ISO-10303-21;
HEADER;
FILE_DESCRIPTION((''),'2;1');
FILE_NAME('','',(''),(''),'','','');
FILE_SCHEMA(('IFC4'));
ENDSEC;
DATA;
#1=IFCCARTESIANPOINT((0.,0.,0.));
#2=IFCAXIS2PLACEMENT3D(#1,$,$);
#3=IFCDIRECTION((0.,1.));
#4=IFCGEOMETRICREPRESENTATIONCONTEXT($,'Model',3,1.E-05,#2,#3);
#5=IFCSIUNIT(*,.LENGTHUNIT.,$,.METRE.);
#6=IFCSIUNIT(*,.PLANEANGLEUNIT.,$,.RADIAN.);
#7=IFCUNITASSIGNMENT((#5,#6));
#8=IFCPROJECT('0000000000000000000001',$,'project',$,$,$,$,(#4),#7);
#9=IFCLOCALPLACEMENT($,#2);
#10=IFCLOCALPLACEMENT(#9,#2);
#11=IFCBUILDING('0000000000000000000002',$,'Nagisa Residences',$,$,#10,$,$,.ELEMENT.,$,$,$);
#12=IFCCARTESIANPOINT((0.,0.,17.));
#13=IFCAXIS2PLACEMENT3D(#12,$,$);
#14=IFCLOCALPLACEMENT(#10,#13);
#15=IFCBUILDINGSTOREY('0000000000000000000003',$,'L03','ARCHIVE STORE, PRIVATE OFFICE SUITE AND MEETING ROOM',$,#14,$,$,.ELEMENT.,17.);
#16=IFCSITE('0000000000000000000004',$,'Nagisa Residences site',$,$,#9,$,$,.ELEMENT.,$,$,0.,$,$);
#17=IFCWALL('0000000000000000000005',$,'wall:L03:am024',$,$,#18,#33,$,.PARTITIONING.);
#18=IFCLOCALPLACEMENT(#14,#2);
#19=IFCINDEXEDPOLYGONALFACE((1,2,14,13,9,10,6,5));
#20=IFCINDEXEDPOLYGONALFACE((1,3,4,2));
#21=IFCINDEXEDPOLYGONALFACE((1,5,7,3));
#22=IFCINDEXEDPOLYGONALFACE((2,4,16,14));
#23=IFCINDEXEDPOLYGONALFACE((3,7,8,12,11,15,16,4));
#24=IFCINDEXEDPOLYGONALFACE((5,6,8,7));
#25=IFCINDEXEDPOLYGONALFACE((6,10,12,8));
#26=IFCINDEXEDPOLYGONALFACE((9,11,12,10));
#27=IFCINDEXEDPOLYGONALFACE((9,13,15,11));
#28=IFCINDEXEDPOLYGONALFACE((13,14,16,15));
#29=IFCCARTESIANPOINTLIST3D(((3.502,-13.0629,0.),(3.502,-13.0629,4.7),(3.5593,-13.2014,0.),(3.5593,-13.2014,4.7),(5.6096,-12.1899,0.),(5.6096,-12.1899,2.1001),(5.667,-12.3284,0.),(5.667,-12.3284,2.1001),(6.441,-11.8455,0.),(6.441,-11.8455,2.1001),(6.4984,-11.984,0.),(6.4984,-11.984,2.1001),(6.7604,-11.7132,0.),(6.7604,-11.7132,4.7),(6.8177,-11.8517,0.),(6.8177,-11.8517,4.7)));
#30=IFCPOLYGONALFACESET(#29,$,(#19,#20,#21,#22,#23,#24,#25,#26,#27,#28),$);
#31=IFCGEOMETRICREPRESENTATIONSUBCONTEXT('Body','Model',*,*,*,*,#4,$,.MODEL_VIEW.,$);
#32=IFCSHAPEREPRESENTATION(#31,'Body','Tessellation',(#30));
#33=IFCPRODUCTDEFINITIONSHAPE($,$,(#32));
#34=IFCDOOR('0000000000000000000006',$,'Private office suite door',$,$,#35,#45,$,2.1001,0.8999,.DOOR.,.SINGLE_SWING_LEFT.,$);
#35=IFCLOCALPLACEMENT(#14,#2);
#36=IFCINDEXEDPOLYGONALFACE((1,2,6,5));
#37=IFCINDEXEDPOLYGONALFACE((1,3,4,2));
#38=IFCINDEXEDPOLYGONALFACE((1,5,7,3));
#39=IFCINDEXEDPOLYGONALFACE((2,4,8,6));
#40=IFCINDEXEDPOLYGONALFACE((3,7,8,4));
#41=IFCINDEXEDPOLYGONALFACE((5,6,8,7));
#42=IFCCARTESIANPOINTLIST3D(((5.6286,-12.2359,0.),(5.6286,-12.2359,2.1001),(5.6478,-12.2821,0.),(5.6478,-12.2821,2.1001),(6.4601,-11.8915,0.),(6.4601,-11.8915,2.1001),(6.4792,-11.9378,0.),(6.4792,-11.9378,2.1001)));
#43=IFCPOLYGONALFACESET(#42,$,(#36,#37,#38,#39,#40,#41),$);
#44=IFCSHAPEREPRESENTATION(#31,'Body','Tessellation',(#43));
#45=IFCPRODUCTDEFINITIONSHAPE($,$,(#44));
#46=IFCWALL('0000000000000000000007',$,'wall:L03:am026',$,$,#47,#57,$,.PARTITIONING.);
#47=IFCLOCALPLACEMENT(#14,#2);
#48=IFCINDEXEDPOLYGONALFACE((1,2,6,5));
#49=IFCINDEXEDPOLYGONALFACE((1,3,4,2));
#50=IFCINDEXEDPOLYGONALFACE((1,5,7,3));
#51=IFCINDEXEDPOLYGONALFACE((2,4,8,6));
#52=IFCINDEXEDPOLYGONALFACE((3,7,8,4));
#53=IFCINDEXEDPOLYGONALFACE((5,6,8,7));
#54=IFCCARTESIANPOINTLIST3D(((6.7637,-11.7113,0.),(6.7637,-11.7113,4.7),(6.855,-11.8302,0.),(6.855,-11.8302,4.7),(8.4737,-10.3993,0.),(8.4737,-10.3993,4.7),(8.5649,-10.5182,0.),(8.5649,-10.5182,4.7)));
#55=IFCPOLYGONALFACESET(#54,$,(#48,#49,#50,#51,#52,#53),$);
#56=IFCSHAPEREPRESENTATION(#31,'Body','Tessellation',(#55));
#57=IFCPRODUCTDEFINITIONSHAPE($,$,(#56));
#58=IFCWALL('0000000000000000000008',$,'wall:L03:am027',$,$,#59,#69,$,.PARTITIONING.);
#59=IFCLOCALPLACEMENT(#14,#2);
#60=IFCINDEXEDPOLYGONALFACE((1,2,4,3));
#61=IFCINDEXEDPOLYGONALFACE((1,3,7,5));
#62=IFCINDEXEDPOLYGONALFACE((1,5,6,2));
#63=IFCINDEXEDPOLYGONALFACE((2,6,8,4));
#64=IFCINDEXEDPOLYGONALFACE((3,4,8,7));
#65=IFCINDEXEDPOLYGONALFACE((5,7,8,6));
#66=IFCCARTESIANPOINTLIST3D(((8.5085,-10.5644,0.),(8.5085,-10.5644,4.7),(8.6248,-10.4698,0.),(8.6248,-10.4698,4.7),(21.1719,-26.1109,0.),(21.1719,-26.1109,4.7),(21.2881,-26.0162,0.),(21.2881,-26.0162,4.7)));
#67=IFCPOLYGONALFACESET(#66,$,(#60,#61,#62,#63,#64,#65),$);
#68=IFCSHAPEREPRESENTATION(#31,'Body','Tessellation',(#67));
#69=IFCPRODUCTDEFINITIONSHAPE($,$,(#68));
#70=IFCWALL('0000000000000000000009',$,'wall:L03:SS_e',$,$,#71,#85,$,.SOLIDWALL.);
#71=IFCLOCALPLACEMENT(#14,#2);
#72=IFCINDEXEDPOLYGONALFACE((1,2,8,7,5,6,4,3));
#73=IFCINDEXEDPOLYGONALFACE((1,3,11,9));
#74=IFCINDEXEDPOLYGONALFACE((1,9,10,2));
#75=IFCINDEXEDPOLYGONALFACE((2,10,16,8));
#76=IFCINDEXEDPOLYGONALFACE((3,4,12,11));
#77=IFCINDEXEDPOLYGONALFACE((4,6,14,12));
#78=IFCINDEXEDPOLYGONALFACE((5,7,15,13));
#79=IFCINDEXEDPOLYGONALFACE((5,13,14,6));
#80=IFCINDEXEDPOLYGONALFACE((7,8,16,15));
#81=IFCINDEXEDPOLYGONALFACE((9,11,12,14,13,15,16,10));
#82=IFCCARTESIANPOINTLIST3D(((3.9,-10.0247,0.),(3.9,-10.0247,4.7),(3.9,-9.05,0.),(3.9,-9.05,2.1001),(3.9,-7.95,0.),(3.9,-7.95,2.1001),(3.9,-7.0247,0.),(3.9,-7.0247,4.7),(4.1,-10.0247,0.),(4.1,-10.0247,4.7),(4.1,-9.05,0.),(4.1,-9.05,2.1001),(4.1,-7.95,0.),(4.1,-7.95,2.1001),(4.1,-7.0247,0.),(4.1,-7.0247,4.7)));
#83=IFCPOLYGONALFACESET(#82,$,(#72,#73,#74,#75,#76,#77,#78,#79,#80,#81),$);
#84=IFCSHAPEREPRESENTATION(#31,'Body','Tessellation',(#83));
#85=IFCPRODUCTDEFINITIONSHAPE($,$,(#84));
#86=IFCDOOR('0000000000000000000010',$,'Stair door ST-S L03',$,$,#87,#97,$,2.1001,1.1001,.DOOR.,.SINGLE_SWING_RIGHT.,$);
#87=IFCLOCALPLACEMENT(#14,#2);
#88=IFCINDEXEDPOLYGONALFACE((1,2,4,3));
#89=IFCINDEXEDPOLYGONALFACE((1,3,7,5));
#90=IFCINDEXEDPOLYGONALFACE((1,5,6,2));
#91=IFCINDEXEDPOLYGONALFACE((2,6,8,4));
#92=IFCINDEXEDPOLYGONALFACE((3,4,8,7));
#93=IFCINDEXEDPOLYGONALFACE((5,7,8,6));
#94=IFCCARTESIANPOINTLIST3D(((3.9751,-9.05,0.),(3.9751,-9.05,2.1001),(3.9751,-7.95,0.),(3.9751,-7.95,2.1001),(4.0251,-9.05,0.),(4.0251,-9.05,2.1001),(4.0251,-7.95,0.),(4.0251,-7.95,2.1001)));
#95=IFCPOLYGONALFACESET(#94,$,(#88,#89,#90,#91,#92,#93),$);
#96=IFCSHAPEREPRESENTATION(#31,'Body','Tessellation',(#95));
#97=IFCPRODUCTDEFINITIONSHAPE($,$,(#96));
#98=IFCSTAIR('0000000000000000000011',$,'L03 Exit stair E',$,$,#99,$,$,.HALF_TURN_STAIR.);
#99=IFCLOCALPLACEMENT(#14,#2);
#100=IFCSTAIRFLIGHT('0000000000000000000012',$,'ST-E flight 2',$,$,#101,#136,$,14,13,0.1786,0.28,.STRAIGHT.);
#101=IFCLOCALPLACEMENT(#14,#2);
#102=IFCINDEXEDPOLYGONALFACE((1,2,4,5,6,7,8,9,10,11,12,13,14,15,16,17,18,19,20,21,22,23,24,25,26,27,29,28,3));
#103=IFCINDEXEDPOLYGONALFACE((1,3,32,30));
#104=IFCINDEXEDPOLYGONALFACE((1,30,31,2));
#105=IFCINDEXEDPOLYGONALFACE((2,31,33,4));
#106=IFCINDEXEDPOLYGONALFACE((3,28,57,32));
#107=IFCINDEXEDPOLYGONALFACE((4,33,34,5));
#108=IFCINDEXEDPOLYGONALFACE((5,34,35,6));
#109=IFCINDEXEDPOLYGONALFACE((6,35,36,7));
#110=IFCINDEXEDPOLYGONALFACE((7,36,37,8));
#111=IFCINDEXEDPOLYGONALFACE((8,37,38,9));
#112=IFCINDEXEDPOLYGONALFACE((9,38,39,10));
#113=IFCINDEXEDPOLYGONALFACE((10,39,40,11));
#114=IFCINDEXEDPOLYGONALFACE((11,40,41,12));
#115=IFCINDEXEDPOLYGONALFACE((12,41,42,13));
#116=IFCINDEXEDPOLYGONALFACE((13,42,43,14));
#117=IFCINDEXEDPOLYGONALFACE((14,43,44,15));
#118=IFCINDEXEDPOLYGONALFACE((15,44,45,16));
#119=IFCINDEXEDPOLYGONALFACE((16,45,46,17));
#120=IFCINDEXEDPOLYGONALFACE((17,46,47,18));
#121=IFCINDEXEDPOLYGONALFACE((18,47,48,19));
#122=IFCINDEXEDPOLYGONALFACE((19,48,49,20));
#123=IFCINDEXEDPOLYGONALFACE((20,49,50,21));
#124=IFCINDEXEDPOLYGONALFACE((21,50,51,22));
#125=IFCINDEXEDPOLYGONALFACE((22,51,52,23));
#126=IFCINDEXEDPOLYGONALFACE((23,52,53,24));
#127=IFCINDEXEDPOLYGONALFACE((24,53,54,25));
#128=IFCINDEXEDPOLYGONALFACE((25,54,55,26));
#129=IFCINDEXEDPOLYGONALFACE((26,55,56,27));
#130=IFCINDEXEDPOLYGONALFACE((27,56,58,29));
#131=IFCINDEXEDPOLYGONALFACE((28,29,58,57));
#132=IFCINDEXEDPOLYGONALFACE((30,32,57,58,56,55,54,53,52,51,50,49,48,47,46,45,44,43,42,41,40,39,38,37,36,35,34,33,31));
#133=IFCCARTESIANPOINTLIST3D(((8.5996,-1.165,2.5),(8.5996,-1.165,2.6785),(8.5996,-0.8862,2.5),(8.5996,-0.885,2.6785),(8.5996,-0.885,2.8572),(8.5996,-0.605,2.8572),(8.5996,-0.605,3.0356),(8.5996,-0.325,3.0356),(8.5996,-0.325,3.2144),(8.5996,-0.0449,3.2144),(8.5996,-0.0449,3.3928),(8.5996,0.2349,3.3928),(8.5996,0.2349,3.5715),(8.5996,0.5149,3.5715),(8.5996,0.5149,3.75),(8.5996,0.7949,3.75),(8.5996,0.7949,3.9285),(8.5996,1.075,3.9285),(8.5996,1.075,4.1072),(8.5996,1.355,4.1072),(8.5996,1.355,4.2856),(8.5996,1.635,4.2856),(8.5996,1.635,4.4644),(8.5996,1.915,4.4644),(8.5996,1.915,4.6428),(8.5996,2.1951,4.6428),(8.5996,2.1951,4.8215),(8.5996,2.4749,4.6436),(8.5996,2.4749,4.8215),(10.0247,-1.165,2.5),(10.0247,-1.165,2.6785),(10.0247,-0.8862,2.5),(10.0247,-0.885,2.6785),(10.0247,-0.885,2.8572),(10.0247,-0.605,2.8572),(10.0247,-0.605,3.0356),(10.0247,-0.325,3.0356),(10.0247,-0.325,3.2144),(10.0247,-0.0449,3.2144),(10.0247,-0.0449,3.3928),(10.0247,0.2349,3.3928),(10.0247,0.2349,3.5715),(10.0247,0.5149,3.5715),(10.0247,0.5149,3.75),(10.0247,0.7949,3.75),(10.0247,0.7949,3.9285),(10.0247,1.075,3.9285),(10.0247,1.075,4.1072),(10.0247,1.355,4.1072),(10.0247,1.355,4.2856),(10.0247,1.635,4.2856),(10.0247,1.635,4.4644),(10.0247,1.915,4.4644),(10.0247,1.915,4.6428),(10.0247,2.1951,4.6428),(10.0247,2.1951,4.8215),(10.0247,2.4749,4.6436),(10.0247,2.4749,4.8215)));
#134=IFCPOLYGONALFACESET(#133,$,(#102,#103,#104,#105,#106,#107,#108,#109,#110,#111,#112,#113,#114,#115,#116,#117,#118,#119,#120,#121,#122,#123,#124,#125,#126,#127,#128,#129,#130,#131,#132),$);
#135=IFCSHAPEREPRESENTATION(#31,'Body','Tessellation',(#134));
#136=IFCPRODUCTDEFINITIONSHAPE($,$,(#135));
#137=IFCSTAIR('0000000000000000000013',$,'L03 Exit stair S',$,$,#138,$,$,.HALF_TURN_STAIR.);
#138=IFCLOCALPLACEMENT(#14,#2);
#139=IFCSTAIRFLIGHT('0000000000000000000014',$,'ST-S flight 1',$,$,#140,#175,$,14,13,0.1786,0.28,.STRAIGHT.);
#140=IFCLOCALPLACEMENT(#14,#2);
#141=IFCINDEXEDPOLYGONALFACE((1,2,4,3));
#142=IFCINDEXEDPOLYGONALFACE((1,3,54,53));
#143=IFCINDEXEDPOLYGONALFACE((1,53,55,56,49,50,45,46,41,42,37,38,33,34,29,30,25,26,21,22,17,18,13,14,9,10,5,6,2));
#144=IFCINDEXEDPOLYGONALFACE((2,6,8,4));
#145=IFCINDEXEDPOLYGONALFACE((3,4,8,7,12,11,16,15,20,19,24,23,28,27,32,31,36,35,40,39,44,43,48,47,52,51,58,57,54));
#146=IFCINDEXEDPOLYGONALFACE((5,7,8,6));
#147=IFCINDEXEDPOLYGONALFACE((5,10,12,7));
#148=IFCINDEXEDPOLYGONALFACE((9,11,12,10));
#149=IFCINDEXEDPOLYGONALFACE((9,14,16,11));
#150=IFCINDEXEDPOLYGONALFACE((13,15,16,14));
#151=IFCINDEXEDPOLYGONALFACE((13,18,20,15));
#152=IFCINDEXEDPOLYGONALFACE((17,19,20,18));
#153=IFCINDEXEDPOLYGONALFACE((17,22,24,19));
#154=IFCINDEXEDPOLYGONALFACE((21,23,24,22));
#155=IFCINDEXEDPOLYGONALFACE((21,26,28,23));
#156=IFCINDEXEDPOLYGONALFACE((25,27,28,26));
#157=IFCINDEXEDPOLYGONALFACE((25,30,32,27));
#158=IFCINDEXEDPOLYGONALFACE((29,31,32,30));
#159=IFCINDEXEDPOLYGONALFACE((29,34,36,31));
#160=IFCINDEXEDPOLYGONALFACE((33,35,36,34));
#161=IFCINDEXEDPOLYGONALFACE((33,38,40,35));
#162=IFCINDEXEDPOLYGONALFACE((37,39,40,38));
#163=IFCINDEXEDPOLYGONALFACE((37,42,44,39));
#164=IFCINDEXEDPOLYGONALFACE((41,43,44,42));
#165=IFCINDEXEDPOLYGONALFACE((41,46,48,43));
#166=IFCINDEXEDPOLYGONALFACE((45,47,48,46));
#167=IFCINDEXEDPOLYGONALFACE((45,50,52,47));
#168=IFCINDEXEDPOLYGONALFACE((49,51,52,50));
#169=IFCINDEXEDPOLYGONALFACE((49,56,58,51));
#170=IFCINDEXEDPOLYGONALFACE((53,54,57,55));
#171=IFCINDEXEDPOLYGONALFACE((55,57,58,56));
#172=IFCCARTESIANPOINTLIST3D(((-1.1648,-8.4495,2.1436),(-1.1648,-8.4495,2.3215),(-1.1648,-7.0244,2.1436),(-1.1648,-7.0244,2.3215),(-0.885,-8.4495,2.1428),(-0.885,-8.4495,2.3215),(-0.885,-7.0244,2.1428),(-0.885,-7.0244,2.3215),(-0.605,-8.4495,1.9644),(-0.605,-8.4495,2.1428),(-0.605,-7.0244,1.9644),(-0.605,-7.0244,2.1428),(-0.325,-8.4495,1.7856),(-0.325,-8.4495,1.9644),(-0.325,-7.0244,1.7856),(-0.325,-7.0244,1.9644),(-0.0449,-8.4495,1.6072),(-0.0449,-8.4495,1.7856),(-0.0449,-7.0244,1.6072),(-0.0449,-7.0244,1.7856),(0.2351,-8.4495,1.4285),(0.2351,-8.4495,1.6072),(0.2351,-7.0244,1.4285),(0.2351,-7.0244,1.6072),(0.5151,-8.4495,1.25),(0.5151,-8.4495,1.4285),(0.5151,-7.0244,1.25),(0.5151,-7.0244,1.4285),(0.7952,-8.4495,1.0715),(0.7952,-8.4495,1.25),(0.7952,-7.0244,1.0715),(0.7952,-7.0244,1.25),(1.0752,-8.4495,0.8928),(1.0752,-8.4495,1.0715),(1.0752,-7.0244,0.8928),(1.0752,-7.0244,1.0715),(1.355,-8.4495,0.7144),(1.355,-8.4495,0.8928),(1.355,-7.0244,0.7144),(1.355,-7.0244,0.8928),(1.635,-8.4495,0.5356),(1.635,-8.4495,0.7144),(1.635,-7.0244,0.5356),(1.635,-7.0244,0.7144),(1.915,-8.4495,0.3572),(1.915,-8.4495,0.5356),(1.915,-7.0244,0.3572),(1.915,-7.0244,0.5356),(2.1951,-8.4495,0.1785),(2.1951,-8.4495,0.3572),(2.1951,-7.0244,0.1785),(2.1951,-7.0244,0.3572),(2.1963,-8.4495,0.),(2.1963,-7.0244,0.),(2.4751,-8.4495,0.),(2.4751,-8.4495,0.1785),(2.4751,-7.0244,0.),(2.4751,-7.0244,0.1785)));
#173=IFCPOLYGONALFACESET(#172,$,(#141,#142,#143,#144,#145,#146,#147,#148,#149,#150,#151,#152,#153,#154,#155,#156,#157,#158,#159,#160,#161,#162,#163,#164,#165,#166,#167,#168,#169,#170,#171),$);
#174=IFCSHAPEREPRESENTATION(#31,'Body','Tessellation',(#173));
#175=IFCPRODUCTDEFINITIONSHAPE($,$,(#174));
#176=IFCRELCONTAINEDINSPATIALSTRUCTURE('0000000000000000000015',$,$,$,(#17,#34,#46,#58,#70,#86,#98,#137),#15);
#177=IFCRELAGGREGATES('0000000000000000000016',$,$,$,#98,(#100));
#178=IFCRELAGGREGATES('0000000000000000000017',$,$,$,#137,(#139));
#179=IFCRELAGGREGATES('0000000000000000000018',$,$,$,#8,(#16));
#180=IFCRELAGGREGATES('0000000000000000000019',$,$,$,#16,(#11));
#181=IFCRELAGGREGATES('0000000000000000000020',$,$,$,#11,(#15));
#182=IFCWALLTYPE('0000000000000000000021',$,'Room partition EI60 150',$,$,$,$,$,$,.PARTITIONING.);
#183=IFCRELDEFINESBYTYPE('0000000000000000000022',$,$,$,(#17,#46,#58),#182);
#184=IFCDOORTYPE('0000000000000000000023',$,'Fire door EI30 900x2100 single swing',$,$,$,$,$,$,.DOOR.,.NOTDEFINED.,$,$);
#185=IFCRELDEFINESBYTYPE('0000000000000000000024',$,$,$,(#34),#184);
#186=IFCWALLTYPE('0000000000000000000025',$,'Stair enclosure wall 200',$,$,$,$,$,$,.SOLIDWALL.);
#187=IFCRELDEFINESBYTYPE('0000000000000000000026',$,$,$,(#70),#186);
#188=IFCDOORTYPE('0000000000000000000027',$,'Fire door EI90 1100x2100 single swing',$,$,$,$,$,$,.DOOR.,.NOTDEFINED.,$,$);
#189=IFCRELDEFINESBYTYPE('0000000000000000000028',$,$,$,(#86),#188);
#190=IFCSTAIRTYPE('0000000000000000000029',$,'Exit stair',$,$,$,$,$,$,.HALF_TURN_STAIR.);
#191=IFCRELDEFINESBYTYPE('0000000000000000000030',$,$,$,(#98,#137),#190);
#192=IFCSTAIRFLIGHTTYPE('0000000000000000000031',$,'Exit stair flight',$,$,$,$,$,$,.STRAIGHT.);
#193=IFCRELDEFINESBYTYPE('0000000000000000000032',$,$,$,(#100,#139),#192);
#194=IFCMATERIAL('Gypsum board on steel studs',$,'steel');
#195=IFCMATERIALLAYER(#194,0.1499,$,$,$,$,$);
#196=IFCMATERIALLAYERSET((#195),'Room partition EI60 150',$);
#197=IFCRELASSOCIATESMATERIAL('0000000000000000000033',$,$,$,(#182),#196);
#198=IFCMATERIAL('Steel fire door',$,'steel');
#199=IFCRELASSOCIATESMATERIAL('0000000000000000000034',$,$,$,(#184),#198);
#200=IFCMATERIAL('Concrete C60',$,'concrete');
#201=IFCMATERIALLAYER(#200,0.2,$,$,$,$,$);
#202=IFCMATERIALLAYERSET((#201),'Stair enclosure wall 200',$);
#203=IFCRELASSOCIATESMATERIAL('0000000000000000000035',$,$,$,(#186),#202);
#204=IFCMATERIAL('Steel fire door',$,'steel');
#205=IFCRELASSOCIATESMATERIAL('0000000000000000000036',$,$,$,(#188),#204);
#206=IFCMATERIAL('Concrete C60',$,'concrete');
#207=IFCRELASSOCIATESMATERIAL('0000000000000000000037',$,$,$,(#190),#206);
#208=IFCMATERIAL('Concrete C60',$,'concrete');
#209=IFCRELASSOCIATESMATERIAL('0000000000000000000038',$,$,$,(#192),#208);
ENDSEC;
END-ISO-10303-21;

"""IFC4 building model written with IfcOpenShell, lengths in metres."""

from ifc_helpers import new_model, si_unit, direction, frame, frame_2d, origin, place, context, subcontext, project, spatial, polyline, rectangle, outline, extrude, material, layer, layer_set, type_object, element, fill, aggregate, save


model = new_model("IFC4")

# Units and contexts
model_context = context("Model", 3, precision=1e-05, world=origin(), true_north=direction((0.0, 1.0)))
body_context = subcontext(model_context, "Body", "Model", "MODEL_VIEW")
ifc_project = project(units=[si_unit("LENGTHUNIT", "METRE"), si_unit("PLANEANGLEUNIT", "RADIAN")], contexts=[model_context])

# Site, building, storey
site_placement = place(None, origin())
site = spatial("IfcSite", under=ifc_project, at=site_placement, Name="Nagisa Residences site", CompositionType="ELEMENT", RefElevation=0.0)
building_placement = place(site_placement, origin())
building = spatial("IfcBuilding", under=site, at=building_placement, Name="Nagisa Residences", CompositionType="ELEMENT")
storey_placement = place(building_placement, frame((0.0, 0.0, 17.0)))
storey = spatial("IfcBuildingStorey", under=building, at=storey_placement, Name="L03", Description="ARCHIVE STORE, PRIVATE OFFICE SUITE AND MEETING ROOM", CompositionType="ELEMENT", Elevation=17.0)

# Shared definitions
ifc_material_1 = material(Name="Gypsum board on steel studs", Category="steel")
ifc_layer_1 = layer(ifc_material_1, 0.1499)
ifc_layer_set_1 = layer_set([ifc_layer_1], Name="Room partition EI60 150")
wall_type_1 = type_object("IfcWallType", Name="Room partition EI60 150", PredefinedType="PARTITIONING", material=ifc_layer_set_1)
ifc_material_2 = material(Name="Steel fire door", Category="steel")
door_type_1 = type_object("IfcDoorType", Name="Fire door EI30 900x2100 single swing", OperationType="NOTDEFINED", PredefinedType="DOOR", material=ifc_material_2)

# Wall, opening, door
wall_1_placement = place(storey_placement, frame((6.7891, -11.7825, 0.0), z_axis=(0.0, 0.0, 1.0), x_axis=(-0.923882, -0.382678, 0.0)))
wall_1 = element("IfcWall", 1, at=wall_1_placement, inside=storey, type_object=wall_type_1, Name="wall:L03:am024", PredefinedType="PARTITIONING", context=body_context, shape_type="SweptSolid", body=[
    extrude(rectangle(XDim=3.5269, YDim=0.1499, at=frame_2d((1.7634, 0.0))), origin(), (0.0, 0.0, 1.0), 4.7),
])
opening_1_placement = place(wall_1_placement, frame((0.3457, 0.0, 0.0)))
opening_1 = element("IfcOpeningElement", 2, at=opening_1_placement, cuts=wall_1, PredefinedType="OPENING", context=body_context, shape_type="SweptSolid", body=[
    extrude(rectangle(XDim=0.8999, YDim=2.1001, at=frame_2d((0.45, 1.05))), frame((0.0, 0.085, 0.0), z_axis=(0.0, -1.0, 0.0), x_axis=(1.0, 0.0, 0.0)), (0.0, 0.0, 1.0), 0.1699),
])
door_1_placement = place(opening_1_placement, origin())
door_1 = element("IfcDoor", 3, at=door_1_placement, inside=storey, type_object=door_type_1, Name="Private office suite door", OperationType="SINGLE_SWING_LEFT", OverallHeight=2.1001, OverallWidth=0.8999, PredefinedType="DOOR", context=body_context, shape_type="SweptSolid", body=[
    extrude(rectangle(XDim=0.8999, YDim=2.1001, at=frame_2d((0.45, 1.05))), frame((0.0, 0.0249, 0.0), z_axis=(0.0, -1.0, 0.0), x_axis=(1.0, 0.0, 0.0)), (0.0, 0.0, 1.0), 0.05),
])
fill(opening_1, door_1)

# Walls
wall_2_placement = place(storey_placement, frame((8.5193, -10.4587, 0.0), z_axis=(0.0, 0.0, 1.0), x_axis=(-0.793373, -0.608736, 0.0)))
element("IfcWall", 4, at=wall_2_placement, inside=storey, type_object=wall_type_1, Name="wall:L03:am026", PredefinedType="PARTITIONING", context=body_context, shape_type="SweptSolid", body=[
    extrude(rectangle(XDim=2.1553, YDim=0.1499, at=frame_2d((1.0776, 0.0))), origin(), (0.0, 0.0, 1.0), 4.7),
])
wall_3_placement = place(storey_placement, frame((8.5667, -10.5171, 0.0), z_axis=(0.0, 0.0, 1.0), x_axis=(0.63155, -0.775335, 0.0)))
element("IfcWall", 5, at=wall_3_placement, inside=storey, type_object=wall_type_1, Name="wall:L03:am027", PredefinedType="PARTITIONING", context=body_context, shape_type="SweptSolid", body=[
    extrude(rectangle(XDim=20.0513, YDim=0.1499, at=frame_2d((10.0256, 0.0))), origin(), (0.0, 0.0, 1.0), 4.7),
])

# Wall, opening, door
ifc_material_3 = material(Name="Concrete C60", Category="concrete")
ifc_layer_2 = layer(ifc_material_3, 0.2)
ifc_layer_set_2 = layer_set([ifc_layer_2], Name="Stair enclosure wall 200")
wall_type_2 = type_object("IfcWallType", Name="Stair enclosure wall 200", PredefinedType="SOLIDWALL", material=ifc_layer_set_2)
wall_4_placement = place(storey_placement, frame((4.0, -10.0247, 0.0), z_axis=(0.0, 0.0, 1.0), x_axis=(0.0, 1.0, 0.0)))
wall_4 = element("IfcWall", 6, at=wall_4_placement, inside=storey, type_object=wall_type_2, Name="wall:L03:SS_e", PredefinedType="SOLIDWALL", context=body_context, shape_type="SweptSolid", body=[
    extrude(rectangle(XDim=3.0, YDim=0.2, at=frame_2d((1.5, 0.0))), origin(), (0.0, 0.0, 1.0), 4.7),
])
opening_2_placement = place(wall_4_placement, frame((0.9746, 0.0, 0.0)))
opening_2 = element("IfcOpeningElement", 7, at=opening_2_placement, cuts=wall_4, PredefinedType="OPENING", context=body_context, shape_type="SweptSolid", body=[
    extrude(rectangle(XDim=1.1001, YDim=2.1001, at=frame_2d((0.55, 1.05))), frame((0.0, 0.1099, 0.0), z_axis=(0.0, -1.0, 0.0), x_axis=(1.0, 0.0, 0.0)), (0.0, 0.0, 1.0), 0.22),
])
ifc_material_4 = material(Name="Steel fire door", Category="steel")
door_type_2 = type_object("IfcDoorType", Name="Fire door EI90 1100x2100 single swing", OperationType="NOTDEFINED", PredefinedType="DOOR", material=ifc_material_4)
door_2_placement = place(opening_2_placement, origin())
door_2 = element("IfcDoor", 8, at=door_2_placement, inside=storey, type_object=door_type_2, Name="Stair door ST-S L03", OperationType="SINGLE_SWING_RIGHT", OverallHeight=2.1001, OverallWidth=1.1001, PredefinedType="DOOR", context=body_context, shape_type="SweptSolid", body=[
    extrude(rectangle(XDim=1.1001, YDim=2.1001, at=frame_2d((0.55, 1.05))), frame((0.0, 0.0249, 0.0), z_axis=(0.0, -1.0, 0.0), x_axis=(1.0, 0.0, 0.0)), (0.0, 0.0, 1.0), 0.05),
])
fill(opening_2, door_2)

# Stairs, stair flights
ifc_material_5 = material(Name="Concrete C60", Category="concrete")
stair_type = type_object("IfcStairType", Name="Exit stair", PredefinedType="HALF_TURN_STAIR", material=ifc_material_5)
stair_1_placement = place(storey_placement, origin())
stair_1 = element("IfcStair", 9, at=stair_1_placement, inside=storey, type_object=stair_type, Name="L03 Exit stair E", PredefinedType="HALF_TURN_STAIR")
ifc_material_6 = material(Name="Concrete C60", Category="concrete")
stair_flight_type = type_object("IfcStairFlightType", Name="Exit stair flight", PredefinedType="STRAIGHT", material=ifc_material_6)
stair_flight_1_placement = place(storey_placement, frame((9.312, -1.165, 2.5), z_axis=(0.0, 0.0, 1.0), x_axis=(0.0, 1.0, 0.0)))
stair_flight_1 = element("IfcStairFlight", 10, at=stair_flight_1_placement, type_object=stair_flight_type, Name="ST-E flight 2", NumberOfRisers=14, NumberOfTreads=13, PredefinedType="STRAIGHT", RiserHeight=0.1786, TreadLength=0.28, context=body_context, shape_type="SweptSolid", body=[
    extrude(outline(polyline([(0.0, 0.0), (0.0, 0.1785), (0.28, 0.1785), (0.28, 0.3572), (0.5601, 0.3572), (0.5601, 0.5356), (0.8401, 0.5356), (0.8401, 0.7144), (1.1201, 0.7144), (1.1201, 0.8928), (1.3999, 0.8928), (1.3999, 1.0715), (1.6799, 1.0715), (1.6799, 1.25), (1.96, 1.25), (1.96, 1.4285), (2.24, 1.4285), (2.24, 1.6072), (2.52, 1.6072), (2.52, 1.7856), (2.8, 1.7856), (2.8, 1.9644), (3.0801, 1.9644), (3.0801, 2.1428), (3.3601, 2.1428), (3.3601, 2.3215), (3.6399, 2.3215), (3.6399, 2.5), (3.6399, 2.1436), (0.2788, 0.0), (0.0, 0.0)])), frame((0.0, 0.7124, 0.0), z_axis=(0.0, -1.0, 0.0), x_axis=(1.0, 0.0, 0.0)), (0.0, 0.0, 1.0), 1.425),
])
aggregate(stair_1, [stair_flight_1])
stair_2_placement = place(storey_placement, origin())
stair_2 = element("IfcStair", 11, at=stair_2_placement, inside=storey, type_object=stair_type, Name="L03 Exit stair S", PredefinedType="HALF_TURN_STAIR")
stair_flight_2_placement = place(storey_placement, frame((2.4751, -7.7371, 0.0), z_axis=(0.0, 0.0, 1.0), x_axis=(-1.0, 0.0, 0.0)))
stair_flight_2 = element("IfcStairFlight", 12, at=stair_flight_2_placement, type_object=stair_flight_type, Name="ST-S flight 1", NumberOfRisers=14, NumberOfTreads=13, PredefinedType="STRAIGHT", RiserHeight=0.1786, TreadLength=0.28, context=body_context, shape_type="SweptSolid", body=[
    extrude(outline(polyline([(0.0, 0.0), (0.0, 0.1785), (0.28, 0.1785), (0.28, 0.3572), (0.5601, 0.3572), (0.5601, 0.5356), (0.8401, 0.5356), (0.8401, 0.7144), (1.1201, 0.7144), (1.1201, 0.8928), (1.3999, 0.8928), (1.3999, 1.0715), (1.6799, 1.0715), (1.6799, 1.25), (1.96, 1.25), (1.96, 1.4285), (2.24, 1.4285), (2.24, 1.6072), (2.52, 1.6072), (2.52, 1.7856), (2.8, 1.7856), (2.8, 1.9644), (3.0801, 1.9644), (3.0801, 2.1428), (3.3601, 2.1428), (3.3601, 2.3215), (3.6399, 2.3215), (3.6399, 2.5), (3.6399, 2.1436), (0.2788, 0.0), (0.0, 0.0)])), frame((0.0, 0.7124, 0.0), z_axis=(0.0, -1.0, 0.0), x_axis=(1.0, 0.0, 0.0)), (0.0, 0.0, 1.0), 1.425),
])
aggregate(stair_2, [stair_flight_2])

save(model, "model.ifc")
